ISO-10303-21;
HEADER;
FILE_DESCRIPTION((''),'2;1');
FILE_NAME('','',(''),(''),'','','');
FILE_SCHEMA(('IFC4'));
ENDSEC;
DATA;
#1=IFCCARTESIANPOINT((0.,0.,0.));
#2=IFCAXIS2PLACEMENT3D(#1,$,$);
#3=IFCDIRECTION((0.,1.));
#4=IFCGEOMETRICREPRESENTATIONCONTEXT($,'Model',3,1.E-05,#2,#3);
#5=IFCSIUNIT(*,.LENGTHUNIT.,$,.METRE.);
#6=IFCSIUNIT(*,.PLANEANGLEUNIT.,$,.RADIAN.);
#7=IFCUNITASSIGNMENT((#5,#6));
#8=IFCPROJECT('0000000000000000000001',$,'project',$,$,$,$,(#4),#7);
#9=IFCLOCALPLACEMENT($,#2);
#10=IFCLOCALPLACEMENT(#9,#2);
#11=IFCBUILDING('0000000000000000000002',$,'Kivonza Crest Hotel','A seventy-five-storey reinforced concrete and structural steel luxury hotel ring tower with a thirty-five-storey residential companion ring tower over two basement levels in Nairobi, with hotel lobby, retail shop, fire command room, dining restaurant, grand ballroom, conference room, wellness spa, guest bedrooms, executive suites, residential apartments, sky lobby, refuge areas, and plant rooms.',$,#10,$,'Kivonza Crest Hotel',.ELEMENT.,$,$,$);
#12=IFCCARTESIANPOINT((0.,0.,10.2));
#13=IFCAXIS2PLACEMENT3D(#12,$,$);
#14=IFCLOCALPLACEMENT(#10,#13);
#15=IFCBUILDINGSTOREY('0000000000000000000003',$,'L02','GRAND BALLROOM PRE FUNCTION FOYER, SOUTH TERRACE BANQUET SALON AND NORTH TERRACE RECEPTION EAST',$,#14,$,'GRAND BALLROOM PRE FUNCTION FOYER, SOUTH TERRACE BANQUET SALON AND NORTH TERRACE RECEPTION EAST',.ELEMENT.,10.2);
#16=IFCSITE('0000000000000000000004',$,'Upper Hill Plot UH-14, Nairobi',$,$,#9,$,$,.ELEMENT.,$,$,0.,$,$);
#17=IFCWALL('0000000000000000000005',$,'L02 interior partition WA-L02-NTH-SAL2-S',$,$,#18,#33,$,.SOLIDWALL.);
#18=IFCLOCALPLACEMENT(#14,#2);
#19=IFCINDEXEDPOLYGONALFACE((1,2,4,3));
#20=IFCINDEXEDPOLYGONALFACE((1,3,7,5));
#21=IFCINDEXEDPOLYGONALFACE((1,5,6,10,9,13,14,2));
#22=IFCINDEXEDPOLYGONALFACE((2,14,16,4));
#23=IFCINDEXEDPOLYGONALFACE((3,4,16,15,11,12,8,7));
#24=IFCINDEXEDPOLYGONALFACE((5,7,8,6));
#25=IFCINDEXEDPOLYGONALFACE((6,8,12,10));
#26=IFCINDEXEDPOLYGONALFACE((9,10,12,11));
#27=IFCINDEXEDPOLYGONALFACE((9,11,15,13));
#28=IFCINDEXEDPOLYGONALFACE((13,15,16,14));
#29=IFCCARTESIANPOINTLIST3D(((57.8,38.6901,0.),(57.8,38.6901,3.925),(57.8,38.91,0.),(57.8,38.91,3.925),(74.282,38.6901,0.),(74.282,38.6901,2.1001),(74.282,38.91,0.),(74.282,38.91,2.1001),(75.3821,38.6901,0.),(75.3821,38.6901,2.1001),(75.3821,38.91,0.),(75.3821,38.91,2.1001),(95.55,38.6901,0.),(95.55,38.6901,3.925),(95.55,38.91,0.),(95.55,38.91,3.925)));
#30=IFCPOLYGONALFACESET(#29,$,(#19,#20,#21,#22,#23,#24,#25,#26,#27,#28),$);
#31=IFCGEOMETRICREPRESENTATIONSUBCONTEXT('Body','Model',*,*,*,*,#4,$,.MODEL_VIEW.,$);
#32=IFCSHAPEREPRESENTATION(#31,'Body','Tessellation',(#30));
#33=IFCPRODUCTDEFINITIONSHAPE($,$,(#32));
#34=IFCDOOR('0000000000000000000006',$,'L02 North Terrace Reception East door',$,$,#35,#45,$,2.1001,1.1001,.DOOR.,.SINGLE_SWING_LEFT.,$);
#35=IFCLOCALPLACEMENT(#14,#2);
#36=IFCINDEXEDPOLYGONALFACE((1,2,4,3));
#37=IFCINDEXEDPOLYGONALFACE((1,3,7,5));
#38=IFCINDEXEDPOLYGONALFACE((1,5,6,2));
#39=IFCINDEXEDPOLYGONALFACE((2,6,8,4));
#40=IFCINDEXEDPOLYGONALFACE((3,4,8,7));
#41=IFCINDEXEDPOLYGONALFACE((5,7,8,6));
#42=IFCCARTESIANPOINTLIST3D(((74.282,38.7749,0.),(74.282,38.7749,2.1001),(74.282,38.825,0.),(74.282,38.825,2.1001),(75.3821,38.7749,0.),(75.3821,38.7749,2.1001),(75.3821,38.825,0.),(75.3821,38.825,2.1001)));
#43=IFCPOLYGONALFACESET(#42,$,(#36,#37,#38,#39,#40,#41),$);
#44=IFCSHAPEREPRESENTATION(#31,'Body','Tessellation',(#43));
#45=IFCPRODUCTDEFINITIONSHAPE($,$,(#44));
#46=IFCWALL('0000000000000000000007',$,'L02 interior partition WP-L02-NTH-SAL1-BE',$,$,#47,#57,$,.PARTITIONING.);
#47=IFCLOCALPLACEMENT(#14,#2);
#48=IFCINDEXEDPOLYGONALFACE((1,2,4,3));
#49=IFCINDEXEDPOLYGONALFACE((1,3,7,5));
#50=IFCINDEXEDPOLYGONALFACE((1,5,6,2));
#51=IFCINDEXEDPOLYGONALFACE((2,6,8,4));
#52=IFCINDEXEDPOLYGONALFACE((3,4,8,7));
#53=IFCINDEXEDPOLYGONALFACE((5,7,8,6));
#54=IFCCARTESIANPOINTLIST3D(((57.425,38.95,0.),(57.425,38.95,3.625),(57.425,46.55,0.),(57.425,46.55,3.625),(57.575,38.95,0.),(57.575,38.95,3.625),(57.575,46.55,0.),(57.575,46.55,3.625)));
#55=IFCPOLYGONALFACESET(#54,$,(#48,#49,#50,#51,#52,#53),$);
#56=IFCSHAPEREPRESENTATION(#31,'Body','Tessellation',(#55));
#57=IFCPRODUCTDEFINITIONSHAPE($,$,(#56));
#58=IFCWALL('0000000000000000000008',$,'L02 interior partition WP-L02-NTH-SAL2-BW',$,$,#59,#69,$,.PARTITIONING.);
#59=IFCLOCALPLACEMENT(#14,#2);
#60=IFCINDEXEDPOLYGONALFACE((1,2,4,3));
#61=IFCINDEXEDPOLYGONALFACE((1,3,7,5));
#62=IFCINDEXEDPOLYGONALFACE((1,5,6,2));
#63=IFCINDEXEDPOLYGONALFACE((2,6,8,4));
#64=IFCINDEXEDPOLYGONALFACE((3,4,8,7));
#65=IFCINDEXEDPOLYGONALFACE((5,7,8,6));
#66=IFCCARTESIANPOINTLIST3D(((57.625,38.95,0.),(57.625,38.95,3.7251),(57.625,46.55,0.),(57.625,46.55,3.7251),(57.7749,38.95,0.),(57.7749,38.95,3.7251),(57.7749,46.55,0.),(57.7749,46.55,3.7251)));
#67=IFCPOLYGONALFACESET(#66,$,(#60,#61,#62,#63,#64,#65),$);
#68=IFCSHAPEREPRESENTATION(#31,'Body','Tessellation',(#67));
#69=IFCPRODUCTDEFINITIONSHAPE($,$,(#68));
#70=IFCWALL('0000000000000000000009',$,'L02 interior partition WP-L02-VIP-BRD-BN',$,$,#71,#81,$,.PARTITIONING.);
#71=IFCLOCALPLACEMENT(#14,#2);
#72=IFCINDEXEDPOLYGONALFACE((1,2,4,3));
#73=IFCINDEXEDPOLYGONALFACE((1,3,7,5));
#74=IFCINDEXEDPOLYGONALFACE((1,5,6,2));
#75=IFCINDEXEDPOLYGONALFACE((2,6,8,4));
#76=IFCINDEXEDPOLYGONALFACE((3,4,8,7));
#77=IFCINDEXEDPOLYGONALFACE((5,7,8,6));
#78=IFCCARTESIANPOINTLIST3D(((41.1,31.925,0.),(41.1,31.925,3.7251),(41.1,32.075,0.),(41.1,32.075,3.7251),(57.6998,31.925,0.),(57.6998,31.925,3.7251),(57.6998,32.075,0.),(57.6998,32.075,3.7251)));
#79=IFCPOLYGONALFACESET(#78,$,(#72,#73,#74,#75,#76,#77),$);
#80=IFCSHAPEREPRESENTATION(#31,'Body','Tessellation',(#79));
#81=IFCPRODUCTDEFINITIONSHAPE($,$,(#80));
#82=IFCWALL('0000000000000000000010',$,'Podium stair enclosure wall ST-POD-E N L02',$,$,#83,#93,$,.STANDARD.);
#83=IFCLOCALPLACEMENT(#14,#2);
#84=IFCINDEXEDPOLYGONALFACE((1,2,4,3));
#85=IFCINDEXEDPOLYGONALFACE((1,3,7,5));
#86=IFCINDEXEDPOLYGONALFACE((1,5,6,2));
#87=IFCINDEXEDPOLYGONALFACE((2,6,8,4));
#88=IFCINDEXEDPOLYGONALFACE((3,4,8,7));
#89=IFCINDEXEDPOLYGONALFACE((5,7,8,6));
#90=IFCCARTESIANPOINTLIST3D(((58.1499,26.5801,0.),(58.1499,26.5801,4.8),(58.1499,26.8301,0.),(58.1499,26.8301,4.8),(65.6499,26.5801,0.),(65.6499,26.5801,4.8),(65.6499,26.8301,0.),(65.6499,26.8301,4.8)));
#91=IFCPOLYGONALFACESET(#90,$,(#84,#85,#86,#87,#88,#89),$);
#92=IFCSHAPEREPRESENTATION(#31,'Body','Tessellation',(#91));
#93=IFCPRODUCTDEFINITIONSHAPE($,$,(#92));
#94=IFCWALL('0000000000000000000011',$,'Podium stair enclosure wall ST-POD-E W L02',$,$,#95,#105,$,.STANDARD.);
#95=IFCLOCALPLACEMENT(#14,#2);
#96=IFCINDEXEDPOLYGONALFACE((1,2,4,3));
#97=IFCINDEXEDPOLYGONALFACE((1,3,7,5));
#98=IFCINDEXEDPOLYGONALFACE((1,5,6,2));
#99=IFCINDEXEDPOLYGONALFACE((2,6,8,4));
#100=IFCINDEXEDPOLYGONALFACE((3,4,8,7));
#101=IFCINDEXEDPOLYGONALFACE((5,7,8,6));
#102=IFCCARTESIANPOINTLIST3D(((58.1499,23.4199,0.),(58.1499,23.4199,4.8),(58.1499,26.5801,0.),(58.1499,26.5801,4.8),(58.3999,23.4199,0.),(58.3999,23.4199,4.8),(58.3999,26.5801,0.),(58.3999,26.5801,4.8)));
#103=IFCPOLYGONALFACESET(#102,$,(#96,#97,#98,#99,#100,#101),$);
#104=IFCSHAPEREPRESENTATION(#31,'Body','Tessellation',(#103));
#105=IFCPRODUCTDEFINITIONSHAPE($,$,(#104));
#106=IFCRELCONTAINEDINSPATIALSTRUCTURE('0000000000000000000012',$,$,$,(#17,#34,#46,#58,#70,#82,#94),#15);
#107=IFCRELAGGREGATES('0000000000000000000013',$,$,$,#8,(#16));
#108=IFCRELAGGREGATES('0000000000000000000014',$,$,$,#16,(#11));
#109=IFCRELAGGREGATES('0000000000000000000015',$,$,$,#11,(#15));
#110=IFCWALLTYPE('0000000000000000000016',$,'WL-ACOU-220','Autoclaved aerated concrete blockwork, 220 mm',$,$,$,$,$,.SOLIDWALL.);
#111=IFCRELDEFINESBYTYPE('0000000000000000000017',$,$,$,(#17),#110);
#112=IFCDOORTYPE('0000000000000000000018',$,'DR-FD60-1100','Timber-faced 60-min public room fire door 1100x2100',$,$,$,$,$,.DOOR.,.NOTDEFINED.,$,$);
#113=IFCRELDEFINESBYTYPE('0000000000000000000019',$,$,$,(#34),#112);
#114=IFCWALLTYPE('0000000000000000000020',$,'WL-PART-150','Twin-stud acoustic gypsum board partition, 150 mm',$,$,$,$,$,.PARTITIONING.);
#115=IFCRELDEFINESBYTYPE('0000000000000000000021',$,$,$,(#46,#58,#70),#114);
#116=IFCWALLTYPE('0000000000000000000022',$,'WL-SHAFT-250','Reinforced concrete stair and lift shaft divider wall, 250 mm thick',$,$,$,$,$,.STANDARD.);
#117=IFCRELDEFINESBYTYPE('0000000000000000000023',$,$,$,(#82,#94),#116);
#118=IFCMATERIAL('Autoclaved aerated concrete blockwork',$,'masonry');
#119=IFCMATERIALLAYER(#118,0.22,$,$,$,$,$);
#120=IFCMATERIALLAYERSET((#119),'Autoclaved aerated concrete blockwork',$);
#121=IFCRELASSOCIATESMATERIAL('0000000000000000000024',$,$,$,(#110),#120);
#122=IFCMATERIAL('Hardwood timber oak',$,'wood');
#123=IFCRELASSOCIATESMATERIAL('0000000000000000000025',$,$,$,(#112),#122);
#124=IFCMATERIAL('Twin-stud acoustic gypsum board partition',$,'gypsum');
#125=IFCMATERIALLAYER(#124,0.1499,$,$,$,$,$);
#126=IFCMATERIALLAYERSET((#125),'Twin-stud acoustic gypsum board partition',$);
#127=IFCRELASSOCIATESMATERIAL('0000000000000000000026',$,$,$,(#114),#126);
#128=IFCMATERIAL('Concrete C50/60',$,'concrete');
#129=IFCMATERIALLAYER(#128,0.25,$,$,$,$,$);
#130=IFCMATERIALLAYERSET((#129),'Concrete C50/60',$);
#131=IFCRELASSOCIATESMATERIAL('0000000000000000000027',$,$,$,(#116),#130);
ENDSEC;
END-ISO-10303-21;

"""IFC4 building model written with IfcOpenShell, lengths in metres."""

from ifc_helpers import new_model, si_unit, direction, frame, frame_2d, origin, place, context, subcontext, project, spatial, rectangle, extrude, material, layer, layer_set, type_object, element, fill, save


model = new_model("IFC4")

# Units and contexts
model_context = context("Model", 3, precision=1e-05, world=origin(), true_north=direction((0.0, 1.0)))
body_context = subcontext(model_context, "Body", "Model", "MODEL_VIEW")
ifc_project = project(units=[si_unit("LENGTHUNIT", "METRE"), si_unit("PLANEANGLEUNIT", "RADIAN")], contexts=[model_context])

# Site, building, storey
site_placement = place(None, origin())
site = spatial("IfcSite", under=ifc_project, at=site_placement, Name="Upper Hill Plot UH-14, Nairobi", CompositionType="ELEMENT", RefElevation=0.0)
building_placement = place(site_placement, origin())
building = spatial("IfcBuilding", under=site, at=building_placement, Name="Kivonza Crest Hotel", Description="A seventy-five-storey reinforced concrete and structural steel luxury hotel ring tower with a thirty-five-storey residential companion ring tower over two basement levels in Nairobi, with hotel lobby, retail shop, fire command room, dining restaurant, grand ballroom, conference room, wellness spa, guest bedrooms, executive suites, residential apartments, sky lobby, refuge areas, and plant rooms.", LongName="Kivonza Crest Hotel", CompositionType="ELEMENT")
storey_placement = place(building_placement, frame((0.0, 0.0, 10.2)))
storey = spatial("IfcBuildingStorey", under=building, at=storey_placement, Name="L02", Description="GRAND BALLROOM PRE FUNCTION FOYER, SOUTH TERRACE BANQUET SALON AND NORTH TERRACE RECEPTION EAST", LongName="GRAND BALLROOM PRE FUNCTION FOYER, SOUTH TERRACE BANQUET SALON AND NORTH TERRACE RECEPTION EAST", CompositionType="ELEMENT", Elevation=10.2)

# Wall, opening, door
ifc_material_1 = material(Name="Autoclaved aerated concrete blockwork", Category="masonry")
ifc_layer_1 = layer(ifc_material_1, 0.22)
ifc_layer_set_1 = layer_set([ifc_layer_1], Name="Autoclaved aerated concrete blockwork")
wall_type_1 = type_object("IfcWallType", Name="WL-ACOU-220", Description="Autoclaved aerated concrete blockwork, 220 mm", PredefinedType="SOLIDWALL", material=ifc_layer_set_1)
wall_1_placement = place(storey_placement, frame((57.8, 38.8, 0.0), z_axis=(0.0, 0.0, 1.0), x_axis=(1.0, 0.0, 0.0)))
wall_1 = element("IfcWall", 1, at=wall_1_placement, inside=storey, type_object=wall_type_1, Name="L02 interior partition WA-L02-NTH-SAL2-S", PredefinedType="SOLIDWALL", context=body_context, shape_type="SweptSolid", body=[
    extrude(rectangle(XDim=37.75, YDim=0.22, at=frame_2d((18.875, 0.0))), origin(), (0.0, 0.0, 1.0), 3.925),
])
opening_placement = place(wall_1_placement, frame((16.4819, 0.0, 0.0)))
opening = element("IfcOpeningElement", 2, at=opening_placement, cuts=wall_1, PredefinedType="OPENING", context=body_context, shape_type="SweptSolid", body=[
    extrude(rectangle(XDim=1.1001, YDim=2.1001, at=frame_2d((0.55, 1.05))), frame((0.0, 0.1201, 0.0), z_axis=(0.0, -1.0, 0.0), x_axis=(1.0, 0.0, 0.0)), (0.0, 0.0, 1.0), 0.24),
])
ifc_material_2 = material(Name="Hardwood timber oak", Category="wood")
door_type = type_object("IfcDoorType", Name="DR-FD60-1100", Description="Timber-faced 60-min public room fire door 1100x2100", OperationType="NOTDEFINED", PredefinedType="DOOR", material=ifc_material_2)
door_placement = place(opening_placement, origin())
door = element("IfcDoor", 3, at=door_placement, inside=storey, type_object=door_type, Name="L02 North Terrace Reception East door", OperationType="SINGLE_SWING_LEFT", OverallHeight=2.1001, OverallWidth=1.1001, PredefinedType="DOOR", context=body_context, shape_type="SweptSolid", body=[
    extrude(rectangle(XDim=1.1001, YDim=2.1001, at=frame_2d((0.55, 1.05))), frame((0.0, 0.0249, 0.0), z_axis=(0.0, -1.0, 0.0), x_axis=(1.0, 0.0, 0.0)), (0.0, 0.0, 1.0), 0.05),
])
fill(opening, door)

# Walls
ifc_material_3 = material(Name="Twin-stud acoustic gypsum board partition", Category="gypsum")
ifc_layer_2 = layer(ifc_material_3, 0.1499)
ifc_layer_set_2 = layer_set([ifc_layer_2], Name="Twin-stud acoustic gypsum board partition")
wall_type_2 = type_object("IfcWallType", Name="WL-PART-150", Description="Twin-stud acoustic gypsum board partition, 150 mm", PredefinedType="PARTITIONING", material=ifc_layer_set_2)
wall_2_placement = place(storey_placement, frame((57.5, 38.95, 0.0), z_axis=(0.0, 0.0, 1.0), x_axis=(0.0, 1.0, 0.0)))
element("IfcWall", 4, at=wall_2_placement, inside=storey, type_object=wall_type_2, Name="L02 interior partition WP-L02-NTH-SAL1-BE", PredefinedType="PARTITIONING", context=body_context, shape_type="SweptSolid", body=[
    extrude(rectangle(XDim=7.6001, YDim=0.1499, at=frame_2d((3.8, 0.0))), origin(), (0.0, 0.0, 1.0), 3.625),
])
wall_3_placement = place(storey_placement, frame((57.7, 38.95, 0.0), z_axis=(0.0, 0.0, 1.0), x_axis=(0.0, 1.0, 0.0)))
element("IfcWall", 5, at=wall_3_placement, inside=storey, type_object=wall_type_2, Name="L02 interior partition WP-L02-NTH-SAL2-BW", PredefinedType="PARTITIONING", context=body_context, shape_type="SweptSolid", body=[
    extrude(rectangle(XDim=7.6001, YDim=0.1499, at=frame_2d((3.8, 0.0))), origin(), (0.0, 0.0, 1.0), 3.7251),
])
wall_4_placement = place(storey_placement, frame((41.1001, 32.0, 0.0), z_axis=(0.0, 0.0, 1.0), x_axis=(1.0, 0.0, 0.0)))
element("IfcWall", 6, at=wall_4_placement, inside=storey, type_object=wall_type_2, Name="L02 interior partition WP-L02-VIP-BRD-BN", PredefinedType="PARTITIONING", context=body_context, shape_type="SweptSolid", body=[
    extrude(rectangle(XDim=16.5999, YDim=0.1499, at=frame_2d((8.2998, 0.0))), origin(), (0.0, 0.0, 1.0), 3.7251),
])
ifc_material_4 = material(Name="Concrete C50/60", Category="concrete")
ifc_layer_3 = layer(ifc_material_4, 0.25)
ifc_layer_set_3 = layer_set([ifc_layer_3], Name="Concrete C50/60")
wall_type_3 = type_object("IfcWallType", Name="WL-SHAFT-250", Description="Reinforced concrete stair and lift shaft divider wall, 250 mm thick", PredefinedType="STANDARD", material=ifc_layer_set_3)
wall_5_placement = place(storey_placement, frame((58.1499, 26.7051, 0.0), z_axis=(0.0, 0.0, 1.0), x_axis=(1.0, 0.0, 0.0)))
element("IfcWall", 7, at=wall_5_placement, inside=storey, type_object=wall_type_3, Name="Podium stair enclosure wall ST-POD-E N L02", PredefinedType="STANDARD", context=body_context, shape_type="SweptSolid", body=[
    extrude(rectangle(XDim=7.5, YDim=0.25, at=frame_2d((3.75, 0.0))), origin(), (0.0, 0.0, 1.0), 4.8),
])
wall_6_placement = place(storey_placement, frame((58.2749, 23.4199, 0.0), z_axis=(0.0, 0.0, 1.0), x_axis=(0.0, 1.0, 0.0)))
element("IfcWall", 8, at=wall_6_placement, inside=storey, type_object=wall_type_3, Name="Podium stair enclosure wall ST-POD-E W L02", PredefinedType="STANDARD", context=body_context, shape_type="SweptSolid", body=[
    extrude(rectangle(XDim=3.1602, YDim=0.25, at=frame_2d((1.5801, 0.0))), origin(), (0.0, 0.0, 1.0), 4.8),
])

save(model, "model.ifc")
